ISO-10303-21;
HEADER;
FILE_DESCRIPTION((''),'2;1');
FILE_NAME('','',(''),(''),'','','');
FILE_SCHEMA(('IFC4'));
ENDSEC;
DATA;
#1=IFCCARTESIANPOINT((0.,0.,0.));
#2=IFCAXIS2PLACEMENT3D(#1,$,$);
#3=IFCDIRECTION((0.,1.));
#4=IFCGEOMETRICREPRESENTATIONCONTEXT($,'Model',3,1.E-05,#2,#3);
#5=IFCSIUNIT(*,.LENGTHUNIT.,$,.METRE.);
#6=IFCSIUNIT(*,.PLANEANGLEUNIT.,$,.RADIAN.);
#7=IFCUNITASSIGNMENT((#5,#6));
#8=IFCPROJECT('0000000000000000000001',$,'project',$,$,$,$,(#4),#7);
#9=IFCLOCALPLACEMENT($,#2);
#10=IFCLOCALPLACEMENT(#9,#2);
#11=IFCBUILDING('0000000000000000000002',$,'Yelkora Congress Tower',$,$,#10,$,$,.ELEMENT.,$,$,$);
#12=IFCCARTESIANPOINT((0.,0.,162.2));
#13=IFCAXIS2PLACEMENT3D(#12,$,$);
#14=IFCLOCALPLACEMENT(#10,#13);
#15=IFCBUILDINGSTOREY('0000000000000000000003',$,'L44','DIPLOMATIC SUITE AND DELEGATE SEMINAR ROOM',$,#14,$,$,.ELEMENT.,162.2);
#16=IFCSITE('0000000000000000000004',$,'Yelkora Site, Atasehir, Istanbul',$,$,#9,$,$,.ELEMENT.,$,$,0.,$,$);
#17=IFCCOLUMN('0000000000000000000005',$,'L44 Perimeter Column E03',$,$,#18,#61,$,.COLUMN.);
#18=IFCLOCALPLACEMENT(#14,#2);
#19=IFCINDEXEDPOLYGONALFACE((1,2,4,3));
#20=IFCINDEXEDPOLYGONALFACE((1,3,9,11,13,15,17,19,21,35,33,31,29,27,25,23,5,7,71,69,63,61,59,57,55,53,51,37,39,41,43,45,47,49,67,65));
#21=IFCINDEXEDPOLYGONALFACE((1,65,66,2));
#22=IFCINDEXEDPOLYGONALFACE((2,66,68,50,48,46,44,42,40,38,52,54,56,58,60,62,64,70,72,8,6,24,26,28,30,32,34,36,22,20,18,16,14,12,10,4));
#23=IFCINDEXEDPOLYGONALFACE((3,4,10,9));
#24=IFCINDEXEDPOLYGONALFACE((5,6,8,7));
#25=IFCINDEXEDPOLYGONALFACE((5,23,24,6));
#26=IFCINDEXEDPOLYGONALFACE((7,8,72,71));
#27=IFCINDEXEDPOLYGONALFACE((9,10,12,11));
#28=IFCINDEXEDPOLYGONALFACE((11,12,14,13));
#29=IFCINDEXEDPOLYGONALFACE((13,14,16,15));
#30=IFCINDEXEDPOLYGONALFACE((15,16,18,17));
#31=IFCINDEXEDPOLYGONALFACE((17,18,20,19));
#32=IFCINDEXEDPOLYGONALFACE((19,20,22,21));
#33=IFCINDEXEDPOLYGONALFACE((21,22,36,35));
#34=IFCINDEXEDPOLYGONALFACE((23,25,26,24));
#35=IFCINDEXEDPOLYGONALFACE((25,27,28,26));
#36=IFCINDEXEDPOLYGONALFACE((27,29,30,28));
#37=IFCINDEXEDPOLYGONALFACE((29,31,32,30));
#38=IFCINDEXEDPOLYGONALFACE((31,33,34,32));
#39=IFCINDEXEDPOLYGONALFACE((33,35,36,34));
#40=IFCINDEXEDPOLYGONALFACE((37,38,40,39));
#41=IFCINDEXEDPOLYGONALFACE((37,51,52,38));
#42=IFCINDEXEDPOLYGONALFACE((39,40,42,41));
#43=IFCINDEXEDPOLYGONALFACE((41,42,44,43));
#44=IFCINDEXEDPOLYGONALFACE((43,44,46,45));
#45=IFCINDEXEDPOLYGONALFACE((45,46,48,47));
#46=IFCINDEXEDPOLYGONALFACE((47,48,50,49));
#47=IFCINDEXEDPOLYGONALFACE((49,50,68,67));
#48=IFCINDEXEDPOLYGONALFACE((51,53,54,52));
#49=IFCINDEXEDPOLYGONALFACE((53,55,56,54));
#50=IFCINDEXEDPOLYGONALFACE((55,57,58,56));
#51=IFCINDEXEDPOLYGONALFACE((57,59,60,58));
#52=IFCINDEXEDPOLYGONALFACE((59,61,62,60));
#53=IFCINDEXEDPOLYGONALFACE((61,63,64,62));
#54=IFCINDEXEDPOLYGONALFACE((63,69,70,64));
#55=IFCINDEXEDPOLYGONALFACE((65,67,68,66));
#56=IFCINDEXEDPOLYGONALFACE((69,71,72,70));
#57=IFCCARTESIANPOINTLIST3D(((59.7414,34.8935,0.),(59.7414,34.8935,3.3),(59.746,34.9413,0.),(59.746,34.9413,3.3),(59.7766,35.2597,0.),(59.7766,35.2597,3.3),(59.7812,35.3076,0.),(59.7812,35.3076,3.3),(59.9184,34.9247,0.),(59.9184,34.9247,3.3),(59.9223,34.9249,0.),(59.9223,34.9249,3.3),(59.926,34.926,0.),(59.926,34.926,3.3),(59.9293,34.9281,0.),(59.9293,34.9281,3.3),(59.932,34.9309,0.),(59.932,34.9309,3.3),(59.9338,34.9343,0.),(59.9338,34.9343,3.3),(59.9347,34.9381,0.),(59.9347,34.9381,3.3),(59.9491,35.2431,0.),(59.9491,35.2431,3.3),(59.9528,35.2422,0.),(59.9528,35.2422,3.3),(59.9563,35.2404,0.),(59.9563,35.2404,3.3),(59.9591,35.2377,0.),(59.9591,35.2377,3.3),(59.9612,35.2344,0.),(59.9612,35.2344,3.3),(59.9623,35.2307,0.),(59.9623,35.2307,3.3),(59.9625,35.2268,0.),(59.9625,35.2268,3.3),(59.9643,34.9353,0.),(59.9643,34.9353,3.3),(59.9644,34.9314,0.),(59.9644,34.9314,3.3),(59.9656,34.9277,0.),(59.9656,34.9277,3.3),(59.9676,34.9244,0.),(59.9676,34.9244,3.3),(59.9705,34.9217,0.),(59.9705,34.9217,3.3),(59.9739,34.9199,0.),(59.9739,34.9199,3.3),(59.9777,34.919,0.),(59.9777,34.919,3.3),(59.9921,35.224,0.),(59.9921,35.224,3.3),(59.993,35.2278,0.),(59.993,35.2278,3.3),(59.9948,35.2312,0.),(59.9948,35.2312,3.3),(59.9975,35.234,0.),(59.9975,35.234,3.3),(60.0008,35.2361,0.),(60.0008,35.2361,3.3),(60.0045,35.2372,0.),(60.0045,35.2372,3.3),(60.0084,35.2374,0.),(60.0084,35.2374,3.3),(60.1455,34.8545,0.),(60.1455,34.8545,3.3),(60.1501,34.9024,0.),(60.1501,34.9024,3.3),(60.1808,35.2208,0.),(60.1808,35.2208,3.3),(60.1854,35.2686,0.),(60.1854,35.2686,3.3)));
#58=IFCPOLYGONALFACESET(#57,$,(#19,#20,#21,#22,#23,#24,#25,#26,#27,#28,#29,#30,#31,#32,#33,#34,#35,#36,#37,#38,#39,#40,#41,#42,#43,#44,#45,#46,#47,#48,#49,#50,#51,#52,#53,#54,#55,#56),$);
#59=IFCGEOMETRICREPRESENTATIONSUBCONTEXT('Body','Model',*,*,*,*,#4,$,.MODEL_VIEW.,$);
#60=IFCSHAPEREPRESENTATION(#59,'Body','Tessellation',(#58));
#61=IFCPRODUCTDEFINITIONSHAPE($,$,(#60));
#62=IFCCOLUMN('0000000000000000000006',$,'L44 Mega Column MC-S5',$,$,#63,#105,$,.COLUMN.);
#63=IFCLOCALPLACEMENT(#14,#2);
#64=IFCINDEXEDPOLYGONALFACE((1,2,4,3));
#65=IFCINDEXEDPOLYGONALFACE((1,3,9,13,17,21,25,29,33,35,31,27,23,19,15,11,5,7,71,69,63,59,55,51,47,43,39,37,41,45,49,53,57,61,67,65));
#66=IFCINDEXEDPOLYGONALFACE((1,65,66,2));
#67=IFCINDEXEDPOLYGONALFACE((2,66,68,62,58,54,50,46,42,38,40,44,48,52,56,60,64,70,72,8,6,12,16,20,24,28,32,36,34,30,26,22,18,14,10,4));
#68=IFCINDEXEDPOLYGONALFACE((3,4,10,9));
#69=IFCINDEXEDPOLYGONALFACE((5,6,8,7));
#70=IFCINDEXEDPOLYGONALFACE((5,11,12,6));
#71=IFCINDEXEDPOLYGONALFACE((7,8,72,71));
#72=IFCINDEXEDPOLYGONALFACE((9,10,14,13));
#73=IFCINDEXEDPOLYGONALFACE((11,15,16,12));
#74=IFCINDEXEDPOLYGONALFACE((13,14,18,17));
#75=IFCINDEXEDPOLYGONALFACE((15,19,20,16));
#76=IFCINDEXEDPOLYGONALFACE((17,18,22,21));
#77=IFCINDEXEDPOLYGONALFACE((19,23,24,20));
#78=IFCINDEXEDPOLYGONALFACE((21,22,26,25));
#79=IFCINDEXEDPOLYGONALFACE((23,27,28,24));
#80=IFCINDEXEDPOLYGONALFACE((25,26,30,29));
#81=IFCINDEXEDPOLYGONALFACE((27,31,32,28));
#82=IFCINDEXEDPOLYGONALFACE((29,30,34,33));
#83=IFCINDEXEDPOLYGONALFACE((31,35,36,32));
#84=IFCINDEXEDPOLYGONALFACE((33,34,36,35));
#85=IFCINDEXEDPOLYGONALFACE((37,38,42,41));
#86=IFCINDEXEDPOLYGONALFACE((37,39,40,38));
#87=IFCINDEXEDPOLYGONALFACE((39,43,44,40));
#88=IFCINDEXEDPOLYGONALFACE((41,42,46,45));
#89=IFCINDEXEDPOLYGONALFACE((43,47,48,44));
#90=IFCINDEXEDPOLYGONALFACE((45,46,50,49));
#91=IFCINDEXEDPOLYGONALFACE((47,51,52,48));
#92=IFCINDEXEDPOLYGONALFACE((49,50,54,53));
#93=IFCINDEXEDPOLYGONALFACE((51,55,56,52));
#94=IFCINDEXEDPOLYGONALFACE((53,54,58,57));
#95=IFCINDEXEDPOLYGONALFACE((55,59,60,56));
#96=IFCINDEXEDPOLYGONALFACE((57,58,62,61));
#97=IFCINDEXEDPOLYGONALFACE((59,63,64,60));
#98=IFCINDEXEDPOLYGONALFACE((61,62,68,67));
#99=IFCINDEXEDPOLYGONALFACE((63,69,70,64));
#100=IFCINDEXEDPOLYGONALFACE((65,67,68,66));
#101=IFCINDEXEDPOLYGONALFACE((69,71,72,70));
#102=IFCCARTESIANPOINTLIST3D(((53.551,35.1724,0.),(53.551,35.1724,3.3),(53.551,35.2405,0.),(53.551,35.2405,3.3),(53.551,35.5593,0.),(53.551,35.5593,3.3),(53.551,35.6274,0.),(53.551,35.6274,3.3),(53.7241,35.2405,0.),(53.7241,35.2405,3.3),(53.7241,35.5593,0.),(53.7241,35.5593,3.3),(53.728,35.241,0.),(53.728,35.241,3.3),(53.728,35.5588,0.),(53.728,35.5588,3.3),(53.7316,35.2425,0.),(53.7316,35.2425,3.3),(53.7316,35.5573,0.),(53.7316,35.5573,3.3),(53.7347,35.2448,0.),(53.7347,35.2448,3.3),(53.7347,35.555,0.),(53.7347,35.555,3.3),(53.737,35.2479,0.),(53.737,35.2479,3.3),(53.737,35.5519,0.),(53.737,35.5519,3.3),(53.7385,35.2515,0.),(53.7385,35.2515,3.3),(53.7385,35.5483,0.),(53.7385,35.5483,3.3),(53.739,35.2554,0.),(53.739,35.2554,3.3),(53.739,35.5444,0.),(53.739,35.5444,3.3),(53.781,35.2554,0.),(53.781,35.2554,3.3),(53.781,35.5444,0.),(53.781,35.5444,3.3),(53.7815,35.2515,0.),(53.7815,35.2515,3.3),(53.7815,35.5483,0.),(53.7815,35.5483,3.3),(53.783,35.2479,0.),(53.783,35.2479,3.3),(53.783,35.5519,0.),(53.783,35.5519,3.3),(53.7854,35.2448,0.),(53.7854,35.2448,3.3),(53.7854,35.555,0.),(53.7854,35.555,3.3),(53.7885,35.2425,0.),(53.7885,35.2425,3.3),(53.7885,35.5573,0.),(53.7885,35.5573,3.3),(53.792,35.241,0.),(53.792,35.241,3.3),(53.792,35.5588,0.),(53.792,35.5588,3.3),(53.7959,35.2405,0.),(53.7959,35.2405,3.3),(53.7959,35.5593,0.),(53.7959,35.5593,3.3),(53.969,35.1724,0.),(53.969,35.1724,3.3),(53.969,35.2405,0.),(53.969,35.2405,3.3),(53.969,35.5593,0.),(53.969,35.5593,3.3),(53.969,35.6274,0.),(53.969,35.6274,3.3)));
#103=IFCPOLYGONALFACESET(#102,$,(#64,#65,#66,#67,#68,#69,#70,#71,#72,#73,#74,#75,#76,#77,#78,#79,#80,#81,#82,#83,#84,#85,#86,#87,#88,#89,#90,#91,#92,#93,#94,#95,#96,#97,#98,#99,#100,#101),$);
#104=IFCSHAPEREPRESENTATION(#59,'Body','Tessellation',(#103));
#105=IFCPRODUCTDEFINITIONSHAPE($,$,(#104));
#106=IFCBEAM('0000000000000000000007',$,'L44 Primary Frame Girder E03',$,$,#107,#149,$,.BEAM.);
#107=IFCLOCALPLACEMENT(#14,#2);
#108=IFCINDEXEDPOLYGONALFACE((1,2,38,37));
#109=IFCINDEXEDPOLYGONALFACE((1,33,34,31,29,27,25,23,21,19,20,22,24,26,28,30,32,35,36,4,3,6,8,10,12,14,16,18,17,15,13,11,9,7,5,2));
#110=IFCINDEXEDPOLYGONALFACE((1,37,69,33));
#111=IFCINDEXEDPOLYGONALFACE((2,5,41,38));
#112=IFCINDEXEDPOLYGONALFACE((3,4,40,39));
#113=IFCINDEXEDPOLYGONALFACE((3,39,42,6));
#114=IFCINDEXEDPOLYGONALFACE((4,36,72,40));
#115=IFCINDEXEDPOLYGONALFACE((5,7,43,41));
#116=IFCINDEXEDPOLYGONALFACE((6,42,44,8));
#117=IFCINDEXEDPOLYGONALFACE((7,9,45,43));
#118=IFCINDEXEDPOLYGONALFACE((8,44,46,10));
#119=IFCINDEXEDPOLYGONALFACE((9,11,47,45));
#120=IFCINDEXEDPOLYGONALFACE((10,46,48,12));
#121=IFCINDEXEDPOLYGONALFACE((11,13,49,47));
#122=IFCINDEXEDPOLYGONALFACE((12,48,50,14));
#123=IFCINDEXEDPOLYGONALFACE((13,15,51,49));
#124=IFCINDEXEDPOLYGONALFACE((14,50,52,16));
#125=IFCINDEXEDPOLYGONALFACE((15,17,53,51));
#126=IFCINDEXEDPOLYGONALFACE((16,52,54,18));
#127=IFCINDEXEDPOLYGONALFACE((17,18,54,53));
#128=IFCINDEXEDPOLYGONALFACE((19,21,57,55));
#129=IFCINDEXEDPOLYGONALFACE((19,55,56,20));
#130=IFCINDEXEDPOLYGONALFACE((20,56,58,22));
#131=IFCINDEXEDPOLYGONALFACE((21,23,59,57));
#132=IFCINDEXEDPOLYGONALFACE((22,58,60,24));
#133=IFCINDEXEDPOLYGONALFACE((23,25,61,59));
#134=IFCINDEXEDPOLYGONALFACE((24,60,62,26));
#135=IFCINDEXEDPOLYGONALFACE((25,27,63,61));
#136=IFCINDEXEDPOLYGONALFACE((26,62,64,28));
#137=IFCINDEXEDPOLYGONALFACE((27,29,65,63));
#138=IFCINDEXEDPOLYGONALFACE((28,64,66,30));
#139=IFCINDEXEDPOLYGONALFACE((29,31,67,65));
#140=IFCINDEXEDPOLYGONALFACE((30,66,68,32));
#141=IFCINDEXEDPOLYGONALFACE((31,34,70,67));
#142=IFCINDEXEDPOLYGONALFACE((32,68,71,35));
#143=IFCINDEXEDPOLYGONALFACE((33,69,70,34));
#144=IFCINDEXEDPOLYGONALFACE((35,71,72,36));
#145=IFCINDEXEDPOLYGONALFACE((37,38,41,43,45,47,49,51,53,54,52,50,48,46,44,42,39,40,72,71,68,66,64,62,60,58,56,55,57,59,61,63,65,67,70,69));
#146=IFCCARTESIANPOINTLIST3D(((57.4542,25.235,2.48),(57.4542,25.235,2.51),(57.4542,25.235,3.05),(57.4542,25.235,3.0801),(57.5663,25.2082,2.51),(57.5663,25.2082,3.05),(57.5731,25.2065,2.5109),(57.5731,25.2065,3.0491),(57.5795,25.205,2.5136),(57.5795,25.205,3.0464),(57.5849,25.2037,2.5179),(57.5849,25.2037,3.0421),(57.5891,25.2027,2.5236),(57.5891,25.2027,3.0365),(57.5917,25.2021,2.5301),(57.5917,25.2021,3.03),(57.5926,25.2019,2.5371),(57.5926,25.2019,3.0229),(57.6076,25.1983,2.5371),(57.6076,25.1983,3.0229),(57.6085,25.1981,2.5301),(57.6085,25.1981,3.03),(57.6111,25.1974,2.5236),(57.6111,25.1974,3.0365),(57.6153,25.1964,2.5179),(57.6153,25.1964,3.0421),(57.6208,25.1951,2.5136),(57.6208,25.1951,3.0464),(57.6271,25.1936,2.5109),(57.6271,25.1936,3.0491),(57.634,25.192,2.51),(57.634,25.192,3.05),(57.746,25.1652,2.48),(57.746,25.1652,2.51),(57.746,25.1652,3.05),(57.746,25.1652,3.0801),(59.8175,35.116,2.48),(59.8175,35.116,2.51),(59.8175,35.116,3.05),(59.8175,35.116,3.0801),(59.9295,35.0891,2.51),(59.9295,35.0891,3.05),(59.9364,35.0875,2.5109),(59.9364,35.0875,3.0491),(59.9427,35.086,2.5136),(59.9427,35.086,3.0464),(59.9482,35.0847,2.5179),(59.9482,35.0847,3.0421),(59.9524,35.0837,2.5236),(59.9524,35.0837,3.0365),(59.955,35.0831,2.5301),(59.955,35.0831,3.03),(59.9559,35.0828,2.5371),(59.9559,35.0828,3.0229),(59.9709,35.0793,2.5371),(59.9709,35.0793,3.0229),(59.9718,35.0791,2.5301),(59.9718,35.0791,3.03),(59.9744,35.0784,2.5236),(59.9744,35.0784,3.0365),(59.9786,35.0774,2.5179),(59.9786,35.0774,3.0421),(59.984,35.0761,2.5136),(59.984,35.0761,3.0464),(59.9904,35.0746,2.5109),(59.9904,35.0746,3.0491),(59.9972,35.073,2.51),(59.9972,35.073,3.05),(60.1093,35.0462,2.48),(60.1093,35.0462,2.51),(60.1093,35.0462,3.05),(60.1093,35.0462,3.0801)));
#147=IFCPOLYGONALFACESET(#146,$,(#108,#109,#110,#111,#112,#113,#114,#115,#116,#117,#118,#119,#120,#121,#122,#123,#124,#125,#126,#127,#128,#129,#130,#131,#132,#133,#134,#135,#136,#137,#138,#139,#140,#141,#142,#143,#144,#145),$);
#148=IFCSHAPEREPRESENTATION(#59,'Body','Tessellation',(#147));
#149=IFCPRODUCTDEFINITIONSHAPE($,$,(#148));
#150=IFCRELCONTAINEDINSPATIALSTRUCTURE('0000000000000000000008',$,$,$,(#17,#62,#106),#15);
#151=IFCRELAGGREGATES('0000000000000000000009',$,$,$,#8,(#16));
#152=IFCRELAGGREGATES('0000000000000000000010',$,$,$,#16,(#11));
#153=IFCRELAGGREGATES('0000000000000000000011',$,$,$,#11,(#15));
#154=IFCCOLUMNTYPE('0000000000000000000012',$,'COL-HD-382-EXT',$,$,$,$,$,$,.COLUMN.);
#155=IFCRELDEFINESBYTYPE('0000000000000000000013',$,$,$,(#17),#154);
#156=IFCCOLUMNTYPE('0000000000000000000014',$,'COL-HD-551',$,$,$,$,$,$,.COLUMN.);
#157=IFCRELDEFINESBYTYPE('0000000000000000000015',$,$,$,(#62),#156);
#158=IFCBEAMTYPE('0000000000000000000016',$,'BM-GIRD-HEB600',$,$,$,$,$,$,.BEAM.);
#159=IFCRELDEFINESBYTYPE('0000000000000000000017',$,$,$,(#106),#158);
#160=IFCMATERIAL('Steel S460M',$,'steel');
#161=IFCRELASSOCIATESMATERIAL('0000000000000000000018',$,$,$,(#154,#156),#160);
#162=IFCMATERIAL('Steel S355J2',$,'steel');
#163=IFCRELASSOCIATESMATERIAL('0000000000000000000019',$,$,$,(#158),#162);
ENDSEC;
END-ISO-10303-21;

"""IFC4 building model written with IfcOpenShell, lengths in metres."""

from ifc_helpers import new_model, si_unit, direction, frame, origin, origin_2d, place, context, subcontext, project, spatial, i_section, extrude, material, material_profile, profile_set, type_object, element, save


model = new_model("IFC4")

# Units and contexts
model_context = context("Model", 3, precision=1e-05, world=origin(), true_north=direction((0.0, 1.0)))
body_context = subcontext(model_context, "Body", "Model", "MODEL_VIEW")
ifc_project = project(units=[si_unit("LENGTHUNIT", "METRE"), si_unit("PLANEANGLEUNIT", "RADIAN")], contexts=[model_context])

# Site, building, storey
site_placement = place(None, origin())
site = spatial("IfcSite", under=ifc_project, at=site_placement, Name="Yelkora Site, Atasehir, Istanbul", CompositionType="ELEMENT", RefElevation=0.0)
building_placement = place(site_placement, origin())
building = spatial("IfcBuilding", under=site, at=building_placement, Name="Yelkora Congress Tower", CompositionType="ELEMENT")
storey_placement = place(building_placement, frame((0.0, 0.0, 162.2)))
storey = spatial("IfcBuildingStorey", under=building, at=storey_placement, Name="L44", Description="DIPLOMATIC SUITE AND DELEGATE SEMINAR ROOM", CompositionType="ELEMENT", Elevation=162.2)

# Columns
ifc_material_1 = material(Name="Steel S460M", Category="steel")
ifc_material_profile_1 = material_profile(ifc_material_1, i_section(OverallWidth=0.406, OverallDepth=0.416, WebThickness=0.0298, FlangeThickness=0.0481, FilletRadius=0.0149, at=origin_2d()), Name="HD 400x382")
ifc_profile_set_1 = profile_set([ifc_material_profile_1], Name="Steel S460M")
column_type_1 = type_object("IfcColumnType", Name="COL-HD-382-EXT", PredefinedType="COLUMN", material=ifc_profile_set_1)
column_1_placement = place(storey_placement, frame((59.9634, 35.0811, 0.0), z_axis=(0.0, 0.0, 1.0), x_axis=(0.995396, -0.095846, 0.0)))
element("IfcColumn", 1, at=column_1_placement, inside=storey, type_object=column_type_1, Name="L44 Perimeter Column E03", PredefinedType="COLUMN", context=body_context, shape_type="SweptSolid", body=[
    extrude(i_section(OverallWidth=0.406, OverallDepth=0.416, WebThickness=0.0298, FlangeThickness=0.0481, FilletRadius=0.0149, at=origin_2d()), origin(), (0.0, 0.0, 1.0), 3.3),
])
ifc_material_profile_2 = material_profile(ifc_material_1, i_section(OverallWidth=0.418, OverallDepth=0.4551, WebThickness=0.042, FlangeThickness=0.0681, FilletRadius=0.0149, at=origin_2d()), Name="HD 400x551")
ifc_profile_set_2 = profile_set([ifc_material_profile_2], Name="Steel S460M")
column_type_2 = type_object("IfcColumnType", Name="COL-HD-551", PredefinedType="COLUMN", material=ifc_profile_set_2)
column_2_placement = place(storey_placement, frame((53.76, 35.3999, 0.0), z_axis=(0.0, 0.0, 1.0), x_axis=(1.0, 0.0, 0.0)))
element("IfcColumn", 2, at=column_2_placement, inside=storey, type_object=column_type_2, Name="L44 Mega Column MC-S5", PredefinedType="COLUMN", context=body_context, shape_type="SweptSolid", body=[
    extrude(i_section(OverallWidth=0.418, OverallDepth=0.4551, WebThickness=0.042, FlangeThickness=0.0681, FilletRadius=0.0149, at=origin_2d()), origin(), (0.0, 0.0, 1.0), 3.3),
])

# Beam
ifc_material_2 = material(Name="Steel S355J2", Category="steel")
ifc_material_profile_3 = material_profile(ifc_material_2, i_section(OverallWidth=0.3, OverallDepth=0.6001, WebThickness=0.0154, FlangeThickness=0.03, FilletRadius=0.0271, at=origin_2d()), Name="HEB 600")
ifc_profile_set_3 = profile_set([ifc_material_profile_3], Name="Steel S355J2")
beam_type_1 = type_object("IfcBeamType", Name="BM-GIRD-HEB600", PredefinedType="BEAM", material=ifc_profile_set_3)
beam_1_placement = place(storey_placement, frame((59.9634, 35.0811, 2.78), z_axis=(-0.232611, -0.97257, 0.0), x_axis=(0.97257, -0.232611, 0.0)))
element("IfcBeam", 3, at=beam_1_placement, inside=storey, type_object=beam_type_1, Name="L44 Primary Frame Girder E03", PredefinedType="BEAM", context=body_context, shape_type="SweptSolid", body=[
    extrude(i_section(OverallWidth=0.3, OverallDepth=0.6001, WebThickness=0.0154, FlangeThickness=0.03, FilletRadius=0.0271, at=origin_2d()), origin(), (0.0, 0.0, 1.0), 10.1597),
])

save(model, "model.ifc")
